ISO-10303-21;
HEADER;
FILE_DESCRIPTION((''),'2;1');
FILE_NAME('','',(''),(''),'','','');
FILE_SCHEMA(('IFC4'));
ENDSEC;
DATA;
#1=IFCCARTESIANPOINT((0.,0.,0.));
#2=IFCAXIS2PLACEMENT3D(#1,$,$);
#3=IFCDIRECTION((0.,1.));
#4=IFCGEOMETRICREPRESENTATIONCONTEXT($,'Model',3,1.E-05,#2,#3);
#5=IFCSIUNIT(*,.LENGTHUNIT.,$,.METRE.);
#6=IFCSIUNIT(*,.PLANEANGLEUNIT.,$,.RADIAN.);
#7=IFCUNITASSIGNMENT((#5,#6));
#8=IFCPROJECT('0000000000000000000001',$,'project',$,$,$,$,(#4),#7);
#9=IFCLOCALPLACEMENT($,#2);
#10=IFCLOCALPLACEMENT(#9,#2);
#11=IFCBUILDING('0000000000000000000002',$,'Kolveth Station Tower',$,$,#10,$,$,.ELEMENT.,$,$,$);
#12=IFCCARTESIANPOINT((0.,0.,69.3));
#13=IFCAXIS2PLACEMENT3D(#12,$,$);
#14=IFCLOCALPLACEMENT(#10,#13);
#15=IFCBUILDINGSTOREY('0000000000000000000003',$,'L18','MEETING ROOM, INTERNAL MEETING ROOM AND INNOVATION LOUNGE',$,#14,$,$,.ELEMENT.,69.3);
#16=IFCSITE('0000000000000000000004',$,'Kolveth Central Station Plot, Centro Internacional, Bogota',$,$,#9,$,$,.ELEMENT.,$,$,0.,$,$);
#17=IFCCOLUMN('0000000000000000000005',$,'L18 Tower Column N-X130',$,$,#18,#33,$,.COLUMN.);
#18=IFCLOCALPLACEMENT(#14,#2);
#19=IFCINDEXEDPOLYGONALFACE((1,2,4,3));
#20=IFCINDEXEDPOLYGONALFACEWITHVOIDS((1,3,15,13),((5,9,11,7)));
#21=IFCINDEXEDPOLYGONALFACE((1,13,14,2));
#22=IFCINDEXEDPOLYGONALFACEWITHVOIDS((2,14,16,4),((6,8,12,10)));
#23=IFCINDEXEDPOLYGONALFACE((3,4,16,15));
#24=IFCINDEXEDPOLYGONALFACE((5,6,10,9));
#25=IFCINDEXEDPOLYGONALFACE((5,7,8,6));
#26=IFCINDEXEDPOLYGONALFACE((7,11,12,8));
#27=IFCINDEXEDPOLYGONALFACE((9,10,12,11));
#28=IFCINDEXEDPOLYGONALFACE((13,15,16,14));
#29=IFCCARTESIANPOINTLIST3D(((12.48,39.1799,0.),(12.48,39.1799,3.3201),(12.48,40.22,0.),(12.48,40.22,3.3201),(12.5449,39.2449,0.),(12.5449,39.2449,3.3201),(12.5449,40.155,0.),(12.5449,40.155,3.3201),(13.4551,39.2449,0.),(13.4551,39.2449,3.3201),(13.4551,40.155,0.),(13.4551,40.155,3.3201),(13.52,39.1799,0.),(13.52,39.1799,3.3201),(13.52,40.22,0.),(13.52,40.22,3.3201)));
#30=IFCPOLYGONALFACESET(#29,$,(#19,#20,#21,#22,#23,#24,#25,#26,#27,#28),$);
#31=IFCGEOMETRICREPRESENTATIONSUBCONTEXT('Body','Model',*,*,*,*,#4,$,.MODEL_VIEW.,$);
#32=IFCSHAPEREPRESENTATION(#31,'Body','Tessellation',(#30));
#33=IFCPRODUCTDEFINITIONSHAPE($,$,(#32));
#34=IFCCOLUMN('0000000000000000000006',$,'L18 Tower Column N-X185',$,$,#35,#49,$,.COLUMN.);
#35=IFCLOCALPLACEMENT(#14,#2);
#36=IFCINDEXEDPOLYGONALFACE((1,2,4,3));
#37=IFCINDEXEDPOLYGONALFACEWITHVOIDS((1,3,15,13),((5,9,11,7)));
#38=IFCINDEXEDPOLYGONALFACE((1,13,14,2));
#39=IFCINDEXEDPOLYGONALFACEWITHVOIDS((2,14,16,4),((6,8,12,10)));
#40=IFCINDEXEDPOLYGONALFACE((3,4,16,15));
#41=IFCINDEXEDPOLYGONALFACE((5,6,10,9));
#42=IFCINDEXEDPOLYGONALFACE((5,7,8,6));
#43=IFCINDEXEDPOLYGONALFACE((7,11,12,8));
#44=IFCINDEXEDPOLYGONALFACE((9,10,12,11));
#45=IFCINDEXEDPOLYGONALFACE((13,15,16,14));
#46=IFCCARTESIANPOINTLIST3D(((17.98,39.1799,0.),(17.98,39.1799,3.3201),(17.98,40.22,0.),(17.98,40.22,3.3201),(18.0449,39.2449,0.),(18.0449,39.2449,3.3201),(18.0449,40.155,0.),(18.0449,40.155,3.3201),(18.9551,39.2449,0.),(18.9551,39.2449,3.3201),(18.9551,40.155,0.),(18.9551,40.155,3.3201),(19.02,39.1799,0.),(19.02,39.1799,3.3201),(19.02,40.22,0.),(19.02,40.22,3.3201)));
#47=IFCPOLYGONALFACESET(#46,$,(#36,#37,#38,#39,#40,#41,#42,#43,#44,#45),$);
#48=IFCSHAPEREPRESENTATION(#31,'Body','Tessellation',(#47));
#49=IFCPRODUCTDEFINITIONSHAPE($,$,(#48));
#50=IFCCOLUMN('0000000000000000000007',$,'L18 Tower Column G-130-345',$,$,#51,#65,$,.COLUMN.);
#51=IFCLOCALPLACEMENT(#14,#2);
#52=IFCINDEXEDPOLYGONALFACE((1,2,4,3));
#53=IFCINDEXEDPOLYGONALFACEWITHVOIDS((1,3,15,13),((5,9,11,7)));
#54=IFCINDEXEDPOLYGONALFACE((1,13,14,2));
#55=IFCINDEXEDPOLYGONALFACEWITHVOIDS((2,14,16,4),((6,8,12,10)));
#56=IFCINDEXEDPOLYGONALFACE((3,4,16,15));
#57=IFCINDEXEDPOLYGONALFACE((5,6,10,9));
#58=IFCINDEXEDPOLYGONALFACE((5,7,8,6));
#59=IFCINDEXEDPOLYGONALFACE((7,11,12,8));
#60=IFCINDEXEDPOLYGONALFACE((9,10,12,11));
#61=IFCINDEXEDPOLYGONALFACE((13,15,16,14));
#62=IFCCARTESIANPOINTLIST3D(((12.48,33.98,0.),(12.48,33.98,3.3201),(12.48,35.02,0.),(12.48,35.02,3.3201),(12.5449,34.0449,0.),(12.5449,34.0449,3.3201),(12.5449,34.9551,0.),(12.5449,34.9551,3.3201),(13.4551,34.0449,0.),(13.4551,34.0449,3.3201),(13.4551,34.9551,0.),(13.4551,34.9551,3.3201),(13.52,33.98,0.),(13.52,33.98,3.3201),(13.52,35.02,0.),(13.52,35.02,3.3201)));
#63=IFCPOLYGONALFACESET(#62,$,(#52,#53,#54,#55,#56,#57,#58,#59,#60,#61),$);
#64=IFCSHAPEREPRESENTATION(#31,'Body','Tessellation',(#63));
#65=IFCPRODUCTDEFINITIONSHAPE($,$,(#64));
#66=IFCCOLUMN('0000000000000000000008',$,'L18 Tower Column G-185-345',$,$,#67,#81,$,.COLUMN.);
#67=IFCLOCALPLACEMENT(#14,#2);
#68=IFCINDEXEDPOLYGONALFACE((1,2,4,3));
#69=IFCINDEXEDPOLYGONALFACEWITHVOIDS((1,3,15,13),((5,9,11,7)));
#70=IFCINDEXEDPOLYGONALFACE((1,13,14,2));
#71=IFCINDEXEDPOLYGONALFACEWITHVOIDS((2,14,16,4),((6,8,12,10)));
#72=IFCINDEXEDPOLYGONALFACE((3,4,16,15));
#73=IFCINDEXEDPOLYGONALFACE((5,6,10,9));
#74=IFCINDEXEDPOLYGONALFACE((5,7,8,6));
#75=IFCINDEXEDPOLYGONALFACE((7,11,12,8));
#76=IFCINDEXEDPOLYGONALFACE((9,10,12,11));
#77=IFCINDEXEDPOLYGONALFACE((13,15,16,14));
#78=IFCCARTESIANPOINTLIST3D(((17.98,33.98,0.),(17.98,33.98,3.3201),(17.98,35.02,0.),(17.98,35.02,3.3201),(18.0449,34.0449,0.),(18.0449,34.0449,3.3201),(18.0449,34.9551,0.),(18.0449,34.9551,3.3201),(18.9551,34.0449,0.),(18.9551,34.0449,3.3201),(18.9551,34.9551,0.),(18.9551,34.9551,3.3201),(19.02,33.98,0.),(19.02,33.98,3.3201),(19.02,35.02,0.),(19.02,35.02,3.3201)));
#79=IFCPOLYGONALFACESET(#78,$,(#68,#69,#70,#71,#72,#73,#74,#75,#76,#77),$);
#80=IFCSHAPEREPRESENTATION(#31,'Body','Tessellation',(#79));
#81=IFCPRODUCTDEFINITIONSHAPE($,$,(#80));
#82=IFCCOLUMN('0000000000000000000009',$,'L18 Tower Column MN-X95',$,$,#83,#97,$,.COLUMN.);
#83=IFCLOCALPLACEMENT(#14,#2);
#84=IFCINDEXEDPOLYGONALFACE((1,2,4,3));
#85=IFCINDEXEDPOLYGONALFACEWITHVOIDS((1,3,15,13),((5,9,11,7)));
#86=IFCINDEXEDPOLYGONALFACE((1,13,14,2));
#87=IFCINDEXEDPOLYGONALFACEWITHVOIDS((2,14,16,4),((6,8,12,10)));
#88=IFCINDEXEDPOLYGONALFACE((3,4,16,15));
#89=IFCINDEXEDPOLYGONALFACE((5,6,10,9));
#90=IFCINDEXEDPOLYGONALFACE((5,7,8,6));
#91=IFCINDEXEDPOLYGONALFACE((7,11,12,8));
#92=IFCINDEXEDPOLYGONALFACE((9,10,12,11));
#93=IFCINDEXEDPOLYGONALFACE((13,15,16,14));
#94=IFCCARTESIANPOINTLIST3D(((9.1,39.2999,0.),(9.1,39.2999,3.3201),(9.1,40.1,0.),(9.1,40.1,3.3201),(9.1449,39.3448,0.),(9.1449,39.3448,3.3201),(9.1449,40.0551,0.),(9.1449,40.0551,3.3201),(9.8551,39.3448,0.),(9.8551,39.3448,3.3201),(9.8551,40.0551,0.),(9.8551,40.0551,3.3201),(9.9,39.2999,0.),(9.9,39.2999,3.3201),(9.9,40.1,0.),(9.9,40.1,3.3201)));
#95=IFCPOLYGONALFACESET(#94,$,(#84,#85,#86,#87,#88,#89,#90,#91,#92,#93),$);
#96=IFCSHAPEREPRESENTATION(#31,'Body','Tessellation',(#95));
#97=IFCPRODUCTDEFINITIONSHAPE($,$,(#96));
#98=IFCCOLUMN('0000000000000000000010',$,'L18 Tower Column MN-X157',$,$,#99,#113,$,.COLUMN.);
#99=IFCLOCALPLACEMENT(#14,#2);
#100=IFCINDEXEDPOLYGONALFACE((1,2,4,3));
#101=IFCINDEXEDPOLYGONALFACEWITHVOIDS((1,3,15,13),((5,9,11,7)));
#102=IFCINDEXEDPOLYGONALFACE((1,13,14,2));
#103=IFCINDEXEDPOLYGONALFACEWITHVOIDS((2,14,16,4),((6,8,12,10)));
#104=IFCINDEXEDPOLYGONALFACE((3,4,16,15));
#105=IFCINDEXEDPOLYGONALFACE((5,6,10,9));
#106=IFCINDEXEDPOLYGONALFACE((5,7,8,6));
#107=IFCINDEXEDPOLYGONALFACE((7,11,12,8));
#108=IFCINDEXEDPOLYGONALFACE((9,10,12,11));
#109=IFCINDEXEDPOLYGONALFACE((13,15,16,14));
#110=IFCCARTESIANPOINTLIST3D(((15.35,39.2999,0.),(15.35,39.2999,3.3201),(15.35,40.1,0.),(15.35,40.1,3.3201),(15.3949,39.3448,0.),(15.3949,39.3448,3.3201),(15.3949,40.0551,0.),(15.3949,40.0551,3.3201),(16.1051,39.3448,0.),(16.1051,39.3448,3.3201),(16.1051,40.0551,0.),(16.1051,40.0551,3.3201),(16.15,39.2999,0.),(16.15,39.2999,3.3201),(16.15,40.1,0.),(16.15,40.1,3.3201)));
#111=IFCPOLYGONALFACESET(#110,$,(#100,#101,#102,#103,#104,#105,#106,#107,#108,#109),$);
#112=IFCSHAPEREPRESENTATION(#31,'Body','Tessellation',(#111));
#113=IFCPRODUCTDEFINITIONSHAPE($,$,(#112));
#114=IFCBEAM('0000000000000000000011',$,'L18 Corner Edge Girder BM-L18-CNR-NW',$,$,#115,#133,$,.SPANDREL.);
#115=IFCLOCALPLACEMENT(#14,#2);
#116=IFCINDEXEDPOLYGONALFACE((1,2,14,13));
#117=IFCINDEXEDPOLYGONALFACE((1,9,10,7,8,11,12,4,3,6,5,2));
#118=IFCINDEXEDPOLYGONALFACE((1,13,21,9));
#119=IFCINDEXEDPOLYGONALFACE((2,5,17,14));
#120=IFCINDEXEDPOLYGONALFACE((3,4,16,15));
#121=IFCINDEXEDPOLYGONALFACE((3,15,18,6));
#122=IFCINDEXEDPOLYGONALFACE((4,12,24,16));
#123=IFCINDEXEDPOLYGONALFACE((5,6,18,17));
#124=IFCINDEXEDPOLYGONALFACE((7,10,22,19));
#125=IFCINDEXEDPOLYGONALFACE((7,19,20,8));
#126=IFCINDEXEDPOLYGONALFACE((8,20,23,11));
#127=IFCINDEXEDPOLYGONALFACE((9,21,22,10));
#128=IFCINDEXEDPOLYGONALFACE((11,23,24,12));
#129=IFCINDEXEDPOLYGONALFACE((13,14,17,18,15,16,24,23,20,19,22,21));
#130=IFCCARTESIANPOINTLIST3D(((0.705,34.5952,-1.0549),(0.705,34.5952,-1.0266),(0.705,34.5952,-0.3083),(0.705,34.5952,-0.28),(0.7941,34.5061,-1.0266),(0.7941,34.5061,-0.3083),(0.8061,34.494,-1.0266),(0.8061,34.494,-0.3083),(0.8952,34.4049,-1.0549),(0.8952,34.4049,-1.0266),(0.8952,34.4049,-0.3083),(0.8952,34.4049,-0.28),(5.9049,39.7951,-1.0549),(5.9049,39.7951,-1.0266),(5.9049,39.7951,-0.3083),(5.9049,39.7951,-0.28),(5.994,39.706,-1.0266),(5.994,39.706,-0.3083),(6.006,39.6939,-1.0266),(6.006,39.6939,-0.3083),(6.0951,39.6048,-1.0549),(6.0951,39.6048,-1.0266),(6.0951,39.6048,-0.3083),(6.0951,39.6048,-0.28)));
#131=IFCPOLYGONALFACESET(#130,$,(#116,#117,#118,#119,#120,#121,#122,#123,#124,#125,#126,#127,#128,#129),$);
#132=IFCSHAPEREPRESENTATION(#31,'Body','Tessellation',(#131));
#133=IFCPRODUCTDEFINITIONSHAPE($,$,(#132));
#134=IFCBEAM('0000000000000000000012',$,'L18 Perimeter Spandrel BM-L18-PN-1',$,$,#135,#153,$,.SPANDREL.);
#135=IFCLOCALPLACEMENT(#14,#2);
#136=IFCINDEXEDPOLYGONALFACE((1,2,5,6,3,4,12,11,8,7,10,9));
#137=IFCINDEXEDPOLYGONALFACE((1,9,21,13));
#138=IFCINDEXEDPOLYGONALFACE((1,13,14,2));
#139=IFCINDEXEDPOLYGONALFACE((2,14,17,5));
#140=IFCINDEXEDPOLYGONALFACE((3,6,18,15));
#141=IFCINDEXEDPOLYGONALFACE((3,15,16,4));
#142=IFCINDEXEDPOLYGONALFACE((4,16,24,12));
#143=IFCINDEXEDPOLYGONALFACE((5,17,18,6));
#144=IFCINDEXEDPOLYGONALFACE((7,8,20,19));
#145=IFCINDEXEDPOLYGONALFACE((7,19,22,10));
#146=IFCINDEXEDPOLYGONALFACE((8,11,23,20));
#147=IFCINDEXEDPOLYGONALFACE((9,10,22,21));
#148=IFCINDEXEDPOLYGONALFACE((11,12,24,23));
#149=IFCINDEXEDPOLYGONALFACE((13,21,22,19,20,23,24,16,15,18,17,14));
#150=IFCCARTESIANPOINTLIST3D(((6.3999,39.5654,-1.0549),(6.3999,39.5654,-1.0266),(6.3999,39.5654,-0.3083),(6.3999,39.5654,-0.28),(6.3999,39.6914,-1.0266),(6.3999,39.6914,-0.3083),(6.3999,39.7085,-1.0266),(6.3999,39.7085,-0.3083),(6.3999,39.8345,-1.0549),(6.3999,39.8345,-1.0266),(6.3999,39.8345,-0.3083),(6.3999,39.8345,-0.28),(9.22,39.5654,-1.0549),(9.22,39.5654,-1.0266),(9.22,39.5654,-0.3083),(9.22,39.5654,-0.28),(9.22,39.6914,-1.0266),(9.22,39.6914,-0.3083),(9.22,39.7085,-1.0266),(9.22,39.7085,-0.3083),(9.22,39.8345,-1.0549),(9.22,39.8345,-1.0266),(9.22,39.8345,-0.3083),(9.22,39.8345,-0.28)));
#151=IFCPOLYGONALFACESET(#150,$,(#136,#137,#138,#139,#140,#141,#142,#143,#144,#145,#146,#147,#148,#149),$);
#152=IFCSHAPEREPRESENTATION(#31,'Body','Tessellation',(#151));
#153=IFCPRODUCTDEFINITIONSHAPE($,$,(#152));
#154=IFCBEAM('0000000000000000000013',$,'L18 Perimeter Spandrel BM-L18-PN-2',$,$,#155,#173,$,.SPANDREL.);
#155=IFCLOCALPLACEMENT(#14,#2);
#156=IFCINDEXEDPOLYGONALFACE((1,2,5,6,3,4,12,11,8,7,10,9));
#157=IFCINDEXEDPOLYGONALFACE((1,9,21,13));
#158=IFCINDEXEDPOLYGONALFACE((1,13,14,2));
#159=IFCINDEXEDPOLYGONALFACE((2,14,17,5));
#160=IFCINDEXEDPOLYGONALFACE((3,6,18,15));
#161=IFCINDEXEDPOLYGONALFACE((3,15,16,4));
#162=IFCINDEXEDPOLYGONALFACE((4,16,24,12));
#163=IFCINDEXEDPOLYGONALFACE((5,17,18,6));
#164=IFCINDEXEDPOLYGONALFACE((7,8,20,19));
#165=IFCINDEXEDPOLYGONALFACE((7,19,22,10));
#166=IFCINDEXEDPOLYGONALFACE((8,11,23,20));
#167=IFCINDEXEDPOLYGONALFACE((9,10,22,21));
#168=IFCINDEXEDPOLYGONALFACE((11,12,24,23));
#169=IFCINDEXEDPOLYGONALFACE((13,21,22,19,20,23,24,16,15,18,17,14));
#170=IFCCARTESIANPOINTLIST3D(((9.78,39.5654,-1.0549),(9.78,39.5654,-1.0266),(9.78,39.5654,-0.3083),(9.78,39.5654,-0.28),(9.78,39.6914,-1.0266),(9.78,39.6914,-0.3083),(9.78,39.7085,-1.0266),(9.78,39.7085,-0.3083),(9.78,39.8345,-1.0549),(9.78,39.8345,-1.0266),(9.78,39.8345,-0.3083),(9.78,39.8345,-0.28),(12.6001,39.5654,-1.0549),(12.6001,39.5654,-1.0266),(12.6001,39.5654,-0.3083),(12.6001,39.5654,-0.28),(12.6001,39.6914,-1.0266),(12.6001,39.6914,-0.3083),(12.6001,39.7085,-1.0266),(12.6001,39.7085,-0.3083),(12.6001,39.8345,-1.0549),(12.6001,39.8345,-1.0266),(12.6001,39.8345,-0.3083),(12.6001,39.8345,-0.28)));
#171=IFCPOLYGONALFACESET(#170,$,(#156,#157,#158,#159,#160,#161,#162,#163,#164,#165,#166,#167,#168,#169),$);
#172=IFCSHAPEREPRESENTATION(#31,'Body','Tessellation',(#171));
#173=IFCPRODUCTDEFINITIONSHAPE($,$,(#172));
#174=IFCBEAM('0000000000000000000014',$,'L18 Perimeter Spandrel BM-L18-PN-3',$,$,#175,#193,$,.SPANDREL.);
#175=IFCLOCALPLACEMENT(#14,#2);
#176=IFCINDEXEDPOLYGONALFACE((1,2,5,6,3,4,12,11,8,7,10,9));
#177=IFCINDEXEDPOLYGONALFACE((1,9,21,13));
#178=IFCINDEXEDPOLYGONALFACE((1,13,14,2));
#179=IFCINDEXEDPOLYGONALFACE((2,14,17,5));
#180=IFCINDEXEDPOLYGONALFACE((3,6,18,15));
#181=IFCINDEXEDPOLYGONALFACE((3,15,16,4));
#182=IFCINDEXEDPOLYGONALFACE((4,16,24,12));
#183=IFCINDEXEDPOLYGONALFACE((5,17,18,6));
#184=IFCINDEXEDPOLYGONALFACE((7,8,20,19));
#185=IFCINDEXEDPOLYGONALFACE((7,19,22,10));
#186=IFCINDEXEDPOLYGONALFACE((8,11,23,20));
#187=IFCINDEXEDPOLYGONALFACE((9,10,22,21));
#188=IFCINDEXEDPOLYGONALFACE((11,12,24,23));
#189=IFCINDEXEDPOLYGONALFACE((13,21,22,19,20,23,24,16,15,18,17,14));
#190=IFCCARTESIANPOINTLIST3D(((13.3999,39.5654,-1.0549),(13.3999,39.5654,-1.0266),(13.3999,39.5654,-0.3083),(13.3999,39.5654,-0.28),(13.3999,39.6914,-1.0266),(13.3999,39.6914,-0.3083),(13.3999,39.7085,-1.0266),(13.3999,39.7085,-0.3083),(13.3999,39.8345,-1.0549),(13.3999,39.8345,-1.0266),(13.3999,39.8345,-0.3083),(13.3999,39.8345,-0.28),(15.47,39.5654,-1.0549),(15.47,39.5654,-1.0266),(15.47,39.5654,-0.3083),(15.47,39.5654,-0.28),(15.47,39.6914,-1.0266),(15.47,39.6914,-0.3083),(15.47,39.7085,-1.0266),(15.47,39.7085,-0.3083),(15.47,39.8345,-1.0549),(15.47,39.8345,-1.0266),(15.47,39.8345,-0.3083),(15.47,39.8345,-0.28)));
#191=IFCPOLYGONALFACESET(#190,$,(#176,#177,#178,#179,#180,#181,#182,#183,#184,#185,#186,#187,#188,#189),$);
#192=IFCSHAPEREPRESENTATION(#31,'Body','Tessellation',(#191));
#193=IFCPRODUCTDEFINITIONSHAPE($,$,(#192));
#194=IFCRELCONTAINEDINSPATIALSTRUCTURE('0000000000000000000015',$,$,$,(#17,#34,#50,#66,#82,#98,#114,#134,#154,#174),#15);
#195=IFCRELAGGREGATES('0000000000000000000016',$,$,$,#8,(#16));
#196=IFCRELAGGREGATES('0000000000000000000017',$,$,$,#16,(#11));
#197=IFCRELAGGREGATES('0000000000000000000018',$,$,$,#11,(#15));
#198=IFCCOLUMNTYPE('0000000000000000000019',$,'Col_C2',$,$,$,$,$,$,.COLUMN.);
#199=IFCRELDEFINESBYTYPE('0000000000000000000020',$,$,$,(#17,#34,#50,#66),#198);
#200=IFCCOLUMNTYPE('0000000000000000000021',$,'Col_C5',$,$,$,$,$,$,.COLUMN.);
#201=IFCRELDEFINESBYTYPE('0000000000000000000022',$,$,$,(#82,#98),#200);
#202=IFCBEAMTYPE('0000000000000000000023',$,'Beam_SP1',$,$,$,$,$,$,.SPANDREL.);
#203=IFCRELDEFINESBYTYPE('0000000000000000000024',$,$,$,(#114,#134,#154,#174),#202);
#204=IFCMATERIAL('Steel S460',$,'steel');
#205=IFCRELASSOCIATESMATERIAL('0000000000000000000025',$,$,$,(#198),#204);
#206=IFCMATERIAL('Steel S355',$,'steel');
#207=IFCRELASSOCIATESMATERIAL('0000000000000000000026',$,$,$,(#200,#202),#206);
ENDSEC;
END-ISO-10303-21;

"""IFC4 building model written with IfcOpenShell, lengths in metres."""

from ifc_helpers import new_model, si_unit, direction, frame, origin, origin_2d, place, context, subcontext, project, spatial, hollow_rectangle, i_section, extrude, source, transform, mapped, material, material_profile, profile_set, type_object, element, save


model = new_model("IFC4")

# Units and contexts
model_context = context("Model", 3, precision=1e-05, world=origin(), true_north=direction((0.0, 1.0)))
body_context = subcontext(model_context, "Body", "Model", "MODEL_VIEW")
ifc_project = project(units=[si_unit("LENGTHUNIT", "METRE"), si_unit("PLANEANGLEUNIT", "RADIAN")], contexts=[model_context])

# Site, building, storey
site_placement = place(None, origin())
site = spatial("IfcSite", under=ifc_project, at=site_placement, Name="Kolveth Central Station Plot, Centro Internacional, Bogota", CompositionType="ELEMENT", RefElevation=0.0)
building_placement = place(site_placement, origin())
building = spatial("IfcBuilding", under=site, at=building_placement, Name="Kolveth Station Tower", CompositionType="ELEMENT")
storey_placement = place(building_placement, frame((0.0, 0.0, 69.3)))
storey = spatial("IfcBuildingStorey", under=building, at=storey_placement, Name="L18", Description="MEETING ROOM, INTERNAL MEETING ROOM AND INNOVATION LOUNGE", CompositionType="ELEMENT", Elevation=69.3)

# Columns
ifc_material_1 = material(Name="Steel S460", Category="steel")
ifc_material_profile_1 = material_profile(ifc_material_1, hollow_rectangle(XDim=1.04, YDim=1.04, WallThickness=0.0649, at=origin_2d()), Name="BOX1040x1040x65")
ifc_profile_set_1 = profile_set([ifc_material_profile_1], Name="Steel S460")
column_type_1 = type_object("IfcColumnType", Name="Col_C2", PredefinedType="COLUMN", material=ifc_profile_set_1)
shared_shape_1 = source(origin(), body_context, "Body", "SweptSolid", [
    extrude(hollow_rectangle(XDim=1.04, YDim=1.04, WallThickness=0.0649, at=origin_2d()), origin(), (0.0, 0.0, 1.0), 3.3201),
])
for number, where, z_axis, x_axis, name in (
    (1, (13.0, 39.7, 0.0), (0.0, 0.0, 1.0), (1.0, 0.0, 0.0), "L18 Tower Column N-X130"),
    (2, (18.5, 39.7, 0.0), (0.0, 0.0, 1.0), (1.0, 0.0, 0.0), "L18 Tower Column N-X185"),
    (3, (13.0, 34.5, 0.0), (0.0, 0.0, 1.0), (1.0, 0.0, 0.0), "L18 Tower Column G-130-345"),
    (4, (18.5, 34.5, 0.0), (0.0, 0.0, 1.0), (1.0, 0.0, 0.0), "L18 Tower Column G-185-345"),
):
    element("IfcColumn", number, at=place(storey_placement, frame(where, z_axis=z_axis, x_axis=x_axis)), inside=storey, type_object=column_type_1, Name=name, PredefinedType="COLUMN", context=body_context, shape_type="MappedRepresentation", body=[
        mapped(shared_shape_1, transform((0.0, 0.0, 0.0), x_axis=(1.0, 0.0, 0.0), y_axis=(0.0, 1.0, 0.0), z_axis=(0.0, 0.0, 1.0), scale=1.0)),
    ])
ifc_material_2 = material(Name="Steel S355", Category="steel")
ifc_material_profile_2 = material_profile(ifc_material_2, hollow_rectangle(XDim=0.8, YDim=0.8, WallThickness=0.0449, at=origin_2d()), Name="BOX800x800x45")
ifc_profile_set_2 = profile_set([ifc_material_profile_2], Name="Steel S355")
column_type_2 = type_object("IfcColumnType", Name="Col_C5", PredefinedType="COLUMN", material=ifc_profile_set_2)
shared_shape_2 = source(origin(), body_context, "Body", "SweptSolid", [
    extrude(hollow_rectangle(XDim=0.8, YDim=0.8, WallThickness=0.0449, at=origin_2d()), origin(), (0.0, 0.0, 1.0), 3.3201),
])
for number, where, z_axis, x_axis, name in (
    (5, (9.5, 39.7, 0.0), (0.0, 0.0, 1.0), (1.0, 0.0, 0.0), "L18 Tower Column MN-X95"),
    (6, (15.75, 39.7, 0.0), (0.0, 0.0, 1.0), (1.0, 0.0, 0.0), "L18 Tower Column MN-X157"),
):
    element("IfcColumn", number, at=place(storey_placement, frame(where, z_axis=z_axis, x_axis=x_axis)), inside=storey, type_object=column_type_2, Name=name, PredefinedType="COLUMN", context=body_context, shape_type="MappedRepresentation", body=[
        mapped(shared_shape_2, transform((0.0, 0.0, 0.0), x_axis=(1.0, 0.0, 0.0), y_axis=(0.0, 1.0, 0.0), z_axis=(0.0, 0.0, 1.0), scale=1.0)),
    ])

# Beams
ifc_material_profile_3 = material_profile(ifc_material_2, i_section(OverallWidth=0.269, OverallDepth=0.7749, WebThickness=0.0171, FlangeThickness=0.0283, at=origin_2d()), Name="W760x220")
ifc_profile_set_3 = profile_set([ifc_material_profile_3], Name="Steel S355")
beam_type_1 = type_object("IfcBeamType", Name="Beam_SP1", PredefinedType="SPANDREL", material=ifc_profile_set_3)
shared_shape_3 = source(origin(), body_context, "Body", "SweptSolid", [
    extrude(i_section(OverallWidth=0.269, OverallDepth=0.7749, WebThickness=0.0171, FlangeThickness=0.0283, at=origin_2d()), origin(), (0.0, 0.0, 1.0), 7.3538),
])
beam_1_placement = place(storey_placement, frame((6.0, 39.7, -0.6675), z_axis=(-0.707107, -0.707107, 0.0), x_axis=(0.707107, -0.707107, 0.0)))
element("IfcBeam", 7, at=beam_1_placement, inside=storey, type_object=beam_type_1, Name="L18 Corner Edge Girder BM-L18-CNR-NW", PredefinedType="SPANDREL", context=body_context, shape_type="MappedRepresentation", body=[
    mapped(shared_shape_3, transform((0.0, 0.0, 0.0), x_axis=(1.0, 0.0, 0.0), y_axis=(0.0, 1.0, 0.0), z_axis=(0.0, 0.0, 1.0), scale=1.0)),
])
shared_shape_4 = source(origin(), body_context, "Body", "SweptSolid", [
    extrude(i_section(OverallWidth=0.269, OverallDepth=0.7749, WebThickness=0.0171, FlangeThickness=0.0283, at=origin_2d()), origin(), (0.0, 0.0, 1.0), 2.8201),
])
for number, where, z_axis, x_axis, name in (
    (8, (6.3999, 39.7, -0.6675), (1.0, 0.0, 0.0), (0.0, 1.0, 0.0), "L18 Perimeter Spandrel BM-L18-PN-1"),
    (9, (9.78, 39.7, -0.6675), (1.0, 0.0, 0.0), (0.0, 1.0, 0.0), "L18 Perimeter Spandrel BM-L18-PN-2"),
):
    element("IfcBeam", number, at=place(storey_placement, frame(where, z_axis=z_axis, x_axis=x_axis)), inside=storey, type_object=beam_type_1, Name=name, PredefinedType="SPANDREL", context=body_context, shape_type="MappedRepresentation", body=[
        mapped(shared_shape_4, transform((0.0, 0.0, 0.0), x_axis=(1.0, 0.0, 0.0), y_axis=(0.0, 1.0, 0.0), z_axis=(0.0, 0.0, 1.0), scale=1.0)),
    ])
shared_shape_5 = source(origin(), body_context, "Body", "SweptSolid", [
    extrude(i_section(OverallWidth=0.269, OverallDepth=0.7749, WebThickness=0.0171, FlangeThickness=0.0283, at=origin_2d()), origin(), (0.0, 0.0, 1.0), 2.0701),
])
for number, where, z_axis, x_axis, name in (
    (10, (13.3999, 39.7, -0.6675), (1.0, 0.0, 0.0), (0.0, 1.0, 0.0), "L18 Perimeter Spandrel BM-L18-PN-3"),
):
    element("IfcBeam", number, at=place(storey_placement, frame(where, z_axis=z_axis, x_axis=x_axis)), inside=storey, type_object=beam_type_1, Name=name, PredefinedType="SPANDREL", context=body_context, shape_type="MappedRepresentation", body=[
        mapped(shared_shape_5, transform((0.0, 0.0, 0.0), x_axis=(1.0, 0.0, 0.0), y_axis=(0.0, 1.0, 0.0), z_axis=(0.0, 0.0, 1.0), scale=1.0)),
    ])

save(model, "model.ifc")
